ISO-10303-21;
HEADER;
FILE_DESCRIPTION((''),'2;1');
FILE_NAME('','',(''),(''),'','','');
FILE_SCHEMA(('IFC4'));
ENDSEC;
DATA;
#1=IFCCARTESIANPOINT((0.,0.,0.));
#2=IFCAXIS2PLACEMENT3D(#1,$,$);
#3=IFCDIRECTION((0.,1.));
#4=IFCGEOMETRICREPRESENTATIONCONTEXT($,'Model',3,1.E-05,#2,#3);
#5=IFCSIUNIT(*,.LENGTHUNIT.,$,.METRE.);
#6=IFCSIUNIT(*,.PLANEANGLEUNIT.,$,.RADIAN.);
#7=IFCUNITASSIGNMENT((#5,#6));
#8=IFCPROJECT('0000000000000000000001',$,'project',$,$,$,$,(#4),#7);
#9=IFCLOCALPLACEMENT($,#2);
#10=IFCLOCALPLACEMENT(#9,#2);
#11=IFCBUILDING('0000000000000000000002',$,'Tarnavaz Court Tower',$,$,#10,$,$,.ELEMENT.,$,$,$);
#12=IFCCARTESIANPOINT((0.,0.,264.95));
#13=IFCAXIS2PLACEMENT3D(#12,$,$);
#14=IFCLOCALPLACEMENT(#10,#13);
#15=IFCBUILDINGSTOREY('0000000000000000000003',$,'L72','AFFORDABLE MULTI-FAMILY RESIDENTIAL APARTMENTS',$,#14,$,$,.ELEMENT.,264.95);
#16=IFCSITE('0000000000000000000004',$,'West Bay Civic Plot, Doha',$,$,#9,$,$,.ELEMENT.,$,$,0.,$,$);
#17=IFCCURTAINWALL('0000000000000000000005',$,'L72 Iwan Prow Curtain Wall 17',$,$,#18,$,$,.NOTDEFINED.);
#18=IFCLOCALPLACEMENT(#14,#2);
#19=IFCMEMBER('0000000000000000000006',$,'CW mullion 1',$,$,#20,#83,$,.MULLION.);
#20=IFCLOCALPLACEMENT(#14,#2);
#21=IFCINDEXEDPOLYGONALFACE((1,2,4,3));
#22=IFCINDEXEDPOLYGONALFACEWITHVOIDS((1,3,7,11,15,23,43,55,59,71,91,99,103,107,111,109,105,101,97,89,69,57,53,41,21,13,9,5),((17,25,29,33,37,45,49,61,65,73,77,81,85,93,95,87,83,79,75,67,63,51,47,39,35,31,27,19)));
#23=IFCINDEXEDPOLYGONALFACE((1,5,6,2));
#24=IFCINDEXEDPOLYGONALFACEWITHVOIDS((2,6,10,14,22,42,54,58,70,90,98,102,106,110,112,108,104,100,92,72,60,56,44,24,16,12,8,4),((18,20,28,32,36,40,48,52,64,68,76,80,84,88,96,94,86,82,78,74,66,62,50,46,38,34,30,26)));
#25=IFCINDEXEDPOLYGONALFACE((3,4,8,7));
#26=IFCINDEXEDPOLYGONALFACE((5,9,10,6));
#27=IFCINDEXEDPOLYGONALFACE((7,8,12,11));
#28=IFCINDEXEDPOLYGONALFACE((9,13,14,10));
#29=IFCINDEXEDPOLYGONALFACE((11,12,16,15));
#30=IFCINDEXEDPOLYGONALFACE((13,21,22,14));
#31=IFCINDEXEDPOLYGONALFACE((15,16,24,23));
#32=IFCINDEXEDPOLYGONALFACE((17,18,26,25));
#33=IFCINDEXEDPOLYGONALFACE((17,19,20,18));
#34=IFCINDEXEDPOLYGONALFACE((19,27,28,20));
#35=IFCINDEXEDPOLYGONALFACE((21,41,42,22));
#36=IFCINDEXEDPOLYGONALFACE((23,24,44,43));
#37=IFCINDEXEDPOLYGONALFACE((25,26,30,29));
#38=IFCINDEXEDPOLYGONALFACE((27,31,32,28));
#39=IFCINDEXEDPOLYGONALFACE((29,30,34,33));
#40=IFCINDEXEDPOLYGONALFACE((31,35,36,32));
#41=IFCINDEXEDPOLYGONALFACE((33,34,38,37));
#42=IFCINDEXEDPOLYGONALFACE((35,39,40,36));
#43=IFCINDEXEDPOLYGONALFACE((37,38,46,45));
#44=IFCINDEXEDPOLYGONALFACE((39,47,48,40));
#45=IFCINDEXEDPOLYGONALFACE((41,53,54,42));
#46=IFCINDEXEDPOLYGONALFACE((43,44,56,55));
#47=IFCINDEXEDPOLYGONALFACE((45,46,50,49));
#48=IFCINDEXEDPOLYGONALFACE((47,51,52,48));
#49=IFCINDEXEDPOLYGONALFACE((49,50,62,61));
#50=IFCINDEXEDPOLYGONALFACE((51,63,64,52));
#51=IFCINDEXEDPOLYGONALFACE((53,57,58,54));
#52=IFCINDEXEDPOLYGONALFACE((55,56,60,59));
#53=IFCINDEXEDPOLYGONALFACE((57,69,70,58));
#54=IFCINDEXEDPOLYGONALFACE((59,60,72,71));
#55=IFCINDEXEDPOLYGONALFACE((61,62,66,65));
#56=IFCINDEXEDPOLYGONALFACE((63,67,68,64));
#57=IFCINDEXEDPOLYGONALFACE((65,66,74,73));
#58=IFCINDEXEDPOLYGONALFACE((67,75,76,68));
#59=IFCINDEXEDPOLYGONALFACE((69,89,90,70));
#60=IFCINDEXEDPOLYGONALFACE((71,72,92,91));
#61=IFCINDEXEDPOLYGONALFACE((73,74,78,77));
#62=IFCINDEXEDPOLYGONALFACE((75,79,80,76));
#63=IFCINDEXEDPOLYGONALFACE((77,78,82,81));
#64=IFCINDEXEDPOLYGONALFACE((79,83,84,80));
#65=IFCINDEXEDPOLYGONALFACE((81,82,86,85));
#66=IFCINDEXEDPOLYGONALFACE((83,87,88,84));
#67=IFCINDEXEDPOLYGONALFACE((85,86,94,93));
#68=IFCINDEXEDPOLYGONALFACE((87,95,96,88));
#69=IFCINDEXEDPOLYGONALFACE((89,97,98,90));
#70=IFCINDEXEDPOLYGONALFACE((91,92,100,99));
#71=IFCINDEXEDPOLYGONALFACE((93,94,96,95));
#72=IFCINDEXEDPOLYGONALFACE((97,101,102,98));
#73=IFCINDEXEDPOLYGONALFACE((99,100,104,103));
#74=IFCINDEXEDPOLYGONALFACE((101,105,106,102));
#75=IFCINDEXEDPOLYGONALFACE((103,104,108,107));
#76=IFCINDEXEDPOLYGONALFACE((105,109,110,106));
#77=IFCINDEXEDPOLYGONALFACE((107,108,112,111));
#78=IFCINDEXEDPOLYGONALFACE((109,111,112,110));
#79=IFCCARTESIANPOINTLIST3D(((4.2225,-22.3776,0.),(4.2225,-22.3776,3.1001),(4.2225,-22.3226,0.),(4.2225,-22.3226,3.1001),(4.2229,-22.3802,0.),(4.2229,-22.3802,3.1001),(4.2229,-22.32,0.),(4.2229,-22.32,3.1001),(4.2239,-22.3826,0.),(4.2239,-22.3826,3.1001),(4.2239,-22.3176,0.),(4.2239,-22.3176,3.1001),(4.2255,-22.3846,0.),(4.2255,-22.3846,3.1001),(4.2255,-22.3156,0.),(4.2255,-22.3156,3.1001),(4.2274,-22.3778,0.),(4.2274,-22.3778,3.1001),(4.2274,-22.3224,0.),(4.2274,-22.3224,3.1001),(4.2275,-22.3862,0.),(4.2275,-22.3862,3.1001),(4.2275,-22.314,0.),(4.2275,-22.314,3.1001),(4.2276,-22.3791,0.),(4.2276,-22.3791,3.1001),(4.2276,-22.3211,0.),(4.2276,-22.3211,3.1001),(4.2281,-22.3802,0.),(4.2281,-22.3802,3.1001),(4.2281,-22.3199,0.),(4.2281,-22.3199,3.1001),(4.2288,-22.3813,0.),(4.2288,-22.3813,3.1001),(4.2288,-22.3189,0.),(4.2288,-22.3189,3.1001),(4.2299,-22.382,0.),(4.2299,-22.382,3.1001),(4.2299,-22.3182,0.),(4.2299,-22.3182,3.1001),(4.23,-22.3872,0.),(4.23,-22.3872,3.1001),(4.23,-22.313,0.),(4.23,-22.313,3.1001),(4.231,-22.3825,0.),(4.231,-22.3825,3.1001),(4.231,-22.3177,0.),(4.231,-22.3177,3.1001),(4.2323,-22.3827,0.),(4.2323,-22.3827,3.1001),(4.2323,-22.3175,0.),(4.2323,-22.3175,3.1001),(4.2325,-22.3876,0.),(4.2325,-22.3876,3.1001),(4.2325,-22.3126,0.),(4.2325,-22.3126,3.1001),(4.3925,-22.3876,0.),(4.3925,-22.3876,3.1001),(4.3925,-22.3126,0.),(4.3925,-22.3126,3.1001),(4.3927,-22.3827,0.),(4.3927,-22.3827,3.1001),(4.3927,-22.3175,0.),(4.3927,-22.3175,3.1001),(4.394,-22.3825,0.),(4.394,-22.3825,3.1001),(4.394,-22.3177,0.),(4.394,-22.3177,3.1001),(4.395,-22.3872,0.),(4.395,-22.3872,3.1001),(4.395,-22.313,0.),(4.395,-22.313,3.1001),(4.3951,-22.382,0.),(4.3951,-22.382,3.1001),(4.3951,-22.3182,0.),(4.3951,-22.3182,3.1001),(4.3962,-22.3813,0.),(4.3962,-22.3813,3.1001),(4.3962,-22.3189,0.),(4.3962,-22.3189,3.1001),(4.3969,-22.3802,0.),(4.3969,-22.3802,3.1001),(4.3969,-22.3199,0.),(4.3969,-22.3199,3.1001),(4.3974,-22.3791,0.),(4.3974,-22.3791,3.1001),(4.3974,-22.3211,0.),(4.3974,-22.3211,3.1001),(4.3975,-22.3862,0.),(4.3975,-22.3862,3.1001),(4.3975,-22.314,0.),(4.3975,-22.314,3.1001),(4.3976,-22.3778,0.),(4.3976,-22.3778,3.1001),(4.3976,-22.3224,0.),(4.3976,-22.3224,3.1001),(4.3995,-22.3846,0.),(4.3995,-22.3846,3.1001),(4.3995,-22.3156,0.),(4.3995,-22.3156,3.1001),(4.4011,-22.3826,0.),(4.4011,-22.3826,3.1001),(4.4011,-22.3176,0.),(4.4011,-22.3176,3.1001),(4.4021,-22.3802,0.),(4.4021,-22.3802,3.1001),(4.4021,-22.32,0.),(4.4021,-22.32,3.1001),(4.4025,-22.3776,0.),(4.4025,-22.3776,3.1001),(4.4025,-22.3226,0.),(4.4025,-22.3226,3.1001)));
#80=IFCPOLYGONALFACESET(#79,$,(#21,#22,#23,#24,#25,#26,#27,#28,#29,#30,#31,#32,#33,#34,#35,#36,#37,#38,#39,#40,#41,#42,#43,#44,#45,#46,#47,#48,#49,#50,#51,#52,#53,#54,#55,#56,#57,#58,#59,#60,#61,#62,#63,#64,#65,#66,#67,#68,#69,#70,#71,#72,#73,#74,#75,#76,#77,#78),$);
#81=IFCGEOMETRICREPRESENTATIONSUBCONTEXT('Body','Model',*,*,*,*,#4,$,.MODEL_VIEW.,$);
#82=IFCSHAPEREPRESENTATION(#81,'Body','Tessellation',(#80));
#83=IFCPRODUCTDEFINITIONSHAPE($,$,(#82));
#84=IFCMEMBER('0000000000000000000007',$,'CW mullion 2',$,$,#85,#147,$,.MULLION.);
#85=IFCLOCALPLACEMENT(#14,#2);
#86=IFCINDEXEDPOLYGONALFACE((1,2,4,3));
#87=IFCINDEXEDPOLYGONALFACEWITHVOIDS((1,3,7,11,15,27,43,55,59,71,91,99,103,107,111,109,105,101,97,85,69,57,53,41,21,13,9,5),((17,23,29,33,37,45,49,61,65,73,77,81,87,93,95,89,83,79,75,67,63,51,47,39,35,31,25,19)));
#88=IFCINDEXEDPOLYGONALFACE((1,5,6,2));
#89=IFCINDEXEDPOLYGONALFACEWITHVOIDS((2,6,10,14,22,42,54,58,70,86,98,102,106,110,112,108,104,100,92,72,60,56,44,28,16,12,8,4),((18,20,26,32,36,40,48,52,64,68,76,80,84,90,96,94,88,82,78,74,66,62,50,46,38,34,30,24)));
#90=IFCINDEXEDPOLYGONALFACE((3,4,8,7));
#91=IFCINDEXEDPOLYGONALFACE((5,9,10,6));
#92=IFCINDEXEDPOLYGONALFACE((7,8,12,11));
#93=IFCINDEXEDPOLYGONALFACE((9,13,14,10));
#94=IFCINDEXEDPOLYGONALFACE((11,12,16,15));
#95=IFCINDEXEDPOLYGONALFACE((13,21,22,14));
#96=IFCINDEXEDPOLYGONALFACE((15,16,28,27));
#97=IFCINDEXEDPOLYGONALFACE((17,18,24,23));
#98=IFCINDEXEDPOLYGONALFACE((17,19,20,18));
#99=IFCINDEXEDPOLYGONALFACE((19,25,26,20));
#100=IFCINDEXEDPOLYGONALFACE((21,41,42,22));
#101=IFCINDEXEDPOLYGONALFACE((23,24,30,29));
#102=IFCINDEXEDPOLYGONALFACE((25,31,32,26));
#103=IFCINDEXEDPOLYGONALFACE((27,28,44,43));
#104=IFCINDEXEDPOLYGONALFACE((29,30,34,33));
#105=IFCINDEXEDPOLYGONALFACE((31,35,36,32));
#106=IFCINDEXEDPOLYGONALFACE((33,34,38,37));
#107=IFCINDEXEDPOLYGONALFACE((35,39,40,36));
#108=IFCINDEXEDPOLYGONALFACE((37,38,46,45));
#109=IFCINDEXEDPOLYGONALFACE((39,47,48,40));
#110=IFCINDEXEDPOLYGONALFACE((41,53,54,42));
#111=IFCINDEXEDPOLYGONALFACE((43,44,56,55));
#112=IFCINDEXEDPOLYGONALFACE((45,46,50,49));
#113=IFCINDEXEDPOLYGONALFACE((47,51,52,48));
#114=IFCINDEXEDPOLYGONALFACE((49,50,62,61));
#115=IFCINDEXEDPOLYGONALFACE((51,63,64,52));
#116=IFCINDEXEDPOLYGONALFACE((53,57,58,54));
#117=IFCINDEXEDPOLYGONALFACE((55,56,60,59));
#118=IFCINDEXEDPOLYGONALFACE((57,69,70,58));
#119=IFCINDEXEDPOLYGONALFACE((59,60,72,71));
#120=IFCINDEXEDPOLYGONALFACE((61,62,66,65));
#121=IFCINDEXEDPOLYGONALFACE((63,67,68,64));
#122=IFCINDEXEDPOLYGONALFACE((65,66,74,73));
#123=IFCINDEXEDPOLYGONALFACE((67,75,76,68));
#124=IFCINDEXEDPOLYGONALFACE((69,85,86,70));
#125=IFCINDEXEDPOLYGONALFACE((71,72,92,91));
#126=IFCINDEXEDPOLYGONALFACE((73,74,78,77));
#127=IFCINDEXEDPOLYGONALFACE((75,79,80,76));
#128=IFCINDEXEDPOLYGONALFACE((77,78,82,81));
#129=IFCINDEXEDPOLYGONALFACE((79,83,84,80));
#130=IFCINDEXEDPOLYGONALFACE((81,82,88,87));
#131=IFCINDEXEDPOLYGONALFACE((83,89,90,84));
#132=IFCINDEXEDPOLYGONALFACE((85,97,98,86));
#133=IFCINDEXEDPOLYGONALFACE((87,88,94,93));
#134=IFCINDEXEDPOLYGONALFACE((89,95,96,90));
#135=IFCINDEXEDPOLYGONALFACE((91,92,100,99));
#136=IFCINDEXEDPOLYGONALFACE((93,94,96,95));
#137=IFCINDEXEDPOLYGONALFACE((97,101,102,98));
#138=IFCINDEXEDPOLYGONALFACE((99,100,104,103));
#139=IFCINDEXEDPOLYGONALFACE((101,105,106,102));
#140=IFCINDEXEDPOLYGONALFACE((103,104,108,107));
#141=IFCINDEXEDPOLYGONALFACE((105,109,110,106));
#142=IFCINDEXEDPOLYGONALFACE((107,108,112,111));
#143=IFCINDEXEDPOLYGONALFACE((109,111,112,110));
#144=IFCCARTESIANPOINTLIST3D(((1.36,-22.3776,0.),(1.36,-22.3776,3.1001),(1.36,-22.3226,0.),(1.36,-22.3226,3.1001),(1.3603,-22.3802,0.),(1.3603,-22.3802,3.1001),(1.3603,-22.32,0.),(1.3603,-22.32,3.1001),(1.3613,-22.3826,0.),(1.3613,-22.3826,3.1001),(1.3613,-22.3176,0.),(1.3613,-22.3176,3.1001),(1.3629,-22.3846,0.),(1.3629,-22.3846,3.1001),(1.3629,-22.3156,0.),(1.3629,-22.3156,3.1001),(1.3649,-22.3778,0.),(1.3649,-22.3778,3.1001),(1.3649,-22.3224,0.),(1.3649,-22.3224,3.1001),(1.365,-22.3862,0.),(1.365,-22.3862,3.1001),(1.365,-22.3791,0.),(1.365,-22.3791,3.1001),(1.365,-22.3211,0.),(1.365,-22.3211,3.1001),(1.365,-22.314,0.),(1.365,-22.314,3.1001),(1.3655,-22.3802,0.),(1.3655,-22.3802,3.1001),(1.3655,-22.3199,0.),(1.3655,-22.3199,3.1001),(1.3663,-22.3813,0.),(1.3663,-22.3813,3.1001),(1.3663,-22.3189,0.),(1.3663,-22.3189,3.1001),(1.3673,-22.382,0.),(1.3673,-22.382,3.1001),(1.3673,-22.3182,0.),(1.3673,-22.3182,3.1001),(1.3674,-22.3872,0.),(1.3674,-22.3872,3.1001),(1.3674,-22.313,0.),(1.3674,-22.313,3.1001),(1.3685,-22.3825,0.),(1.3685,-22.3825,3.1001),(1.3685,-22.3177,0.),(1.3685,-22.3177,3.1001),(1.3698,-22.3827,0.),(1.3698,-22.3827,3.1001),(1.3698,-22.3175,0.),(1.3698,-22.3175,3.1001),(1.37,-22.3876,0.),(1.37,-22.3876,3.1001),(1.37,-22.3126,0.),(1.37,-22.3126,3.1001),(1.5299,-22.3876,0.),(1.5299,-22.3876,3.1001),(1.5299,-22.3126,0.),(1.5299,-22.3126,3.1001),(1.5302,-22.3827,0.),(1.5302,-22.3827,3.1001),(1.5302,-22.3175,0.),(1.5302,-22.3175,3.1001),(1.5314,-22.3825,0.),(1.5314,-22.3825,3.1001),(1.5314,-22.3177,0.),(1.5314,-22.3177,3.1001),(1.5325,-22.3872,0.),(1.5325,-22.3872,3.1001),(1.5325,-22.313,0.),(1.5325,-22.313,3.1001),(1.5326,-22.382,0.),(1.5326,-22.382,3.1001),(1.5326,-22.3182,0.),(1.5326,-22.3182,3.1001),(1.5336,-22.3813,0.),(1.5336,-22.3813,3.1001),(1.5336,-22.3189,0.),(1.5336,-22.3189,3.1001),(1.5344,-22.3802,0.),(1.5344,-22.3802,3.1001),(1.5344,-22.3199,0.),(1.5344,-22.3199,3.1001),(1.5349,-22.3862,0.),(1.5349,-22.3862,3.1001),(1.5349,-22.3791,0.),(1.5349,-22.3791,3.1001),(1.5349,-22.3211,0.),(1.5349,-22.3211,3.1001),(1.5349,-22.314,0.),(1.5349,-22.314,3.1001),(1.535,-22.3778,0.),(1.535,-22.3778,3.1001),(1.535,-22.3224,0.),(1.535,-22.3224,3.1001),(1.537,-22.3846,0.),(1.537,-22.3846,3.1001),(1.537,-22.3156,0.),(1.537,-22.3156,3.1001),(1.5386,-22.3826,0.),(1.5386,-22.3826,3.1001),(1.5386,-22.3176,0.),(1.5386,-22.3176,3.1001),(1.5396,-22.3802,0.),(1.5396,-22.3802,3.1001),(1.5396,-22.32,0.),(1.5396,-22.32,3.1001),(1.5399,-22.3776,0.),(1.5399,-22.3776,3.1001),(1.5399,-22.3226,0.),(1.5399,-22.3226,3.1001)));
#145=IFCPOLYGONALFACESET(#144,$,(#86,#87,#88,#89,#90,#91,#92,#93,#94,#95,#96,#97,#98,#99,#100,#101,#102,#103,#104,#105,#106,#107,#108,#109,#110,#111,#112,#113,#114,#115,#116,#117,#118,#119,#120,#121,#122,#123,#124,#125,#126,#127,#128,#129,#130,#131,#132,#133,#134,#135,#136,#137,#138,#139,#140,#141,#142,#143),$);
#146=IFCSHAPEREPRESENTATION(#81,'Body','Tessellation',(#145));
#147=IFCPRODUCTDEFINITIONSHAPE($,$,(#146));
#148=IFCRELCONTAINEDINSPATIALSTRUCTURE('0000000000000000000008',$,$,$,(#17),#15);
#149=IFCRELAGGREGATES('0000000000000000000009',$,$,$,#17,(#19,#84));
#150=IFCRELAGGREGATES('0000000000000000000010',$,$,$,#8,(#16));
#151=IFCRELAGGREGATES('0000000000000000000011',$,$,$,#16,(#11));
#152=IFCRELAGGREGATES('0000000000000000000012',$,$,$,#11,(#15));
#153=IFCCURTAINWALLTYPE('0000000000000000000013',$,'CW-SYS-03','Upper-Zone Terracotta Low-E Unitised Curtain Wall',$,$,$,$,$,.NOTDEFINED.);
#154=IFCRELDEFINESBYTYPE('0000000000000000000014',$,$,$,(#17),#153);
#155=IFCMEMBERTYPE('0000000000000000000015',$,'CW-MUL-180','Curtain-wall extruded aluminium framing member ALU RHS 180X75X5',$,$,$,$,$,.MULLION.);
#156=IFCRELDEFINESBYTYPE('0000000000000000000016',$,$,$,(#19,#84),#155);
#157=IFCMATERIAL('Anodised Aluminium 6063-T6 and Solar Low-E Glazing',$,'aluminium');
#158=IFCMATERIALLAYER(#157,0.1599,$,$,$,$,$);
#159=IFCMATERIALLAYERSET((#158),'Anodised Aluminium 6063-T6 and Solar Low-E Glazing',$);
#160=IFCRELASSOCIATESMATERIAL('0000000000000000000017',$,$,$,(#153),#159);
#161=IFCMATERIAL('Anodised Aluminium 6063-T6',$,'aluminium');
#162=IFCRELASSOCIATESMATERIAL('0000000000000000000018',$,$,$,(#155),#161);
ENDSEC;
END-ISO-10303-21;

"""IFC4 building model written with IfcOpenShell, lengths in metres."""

from ifc_helpers import new_model, si_unit, direction, frame, origin, origin_2d, place, context, subcontext, project, spatial, hollow_rectangle, extrude, material, layer, layer_set, material_profile, profile_set, type_object, element, aggregate, save


model = new_model("IFC4")

# Units and contexts
model_context = context("Model", 3, precision=1e-05, world=origin(), true_north=direction((0.0, 1.0)))
body_context = subcontext(model_context, "Body", "Model", "MODEL_VIEW")
ifc_project = project(units=[si_unit("LENGTHUNIT", "METRE"), si_unit("PLANEANGLEUNIT", "RADIAN")], contexts=[model_context])

# Site, building, storey
site_placement = place(None, origin())
site = spatial("IfcSite", under=ifc_project, at=site_placement, Name="West Bay Civic Plot, Doha", CompositionType="ELEMENT", RefElevation=0.0)
building_placement = place(site_placement, origin())
building = spatial("IfcBuilding", under=site, at=building_placement, Name="Tarnavaz Court Tower", CompositionType="ELEMENT")
storey_placement = place(building_placement, frame((0.0, 0.0, 264.95)))
storey = spatial("IfcBuildingStorey", under=building, at=storey_placement, Name="L72", Description="AFFORDABLE MULTI-FAMILY RESIDENTIAL APARTMENTS", CompositionType="ELEMENT", Elevation=264.95)

# Curtain wall, members
ifc_material_1 = material(Name="Anodised Aluminium 6063-T6 and Solar Low-E Glazing", Category="aluminium")
ifc_layer_1 = layer(ifc_material_1, 0.1599)
ifc_layer_set_1 = layer_set([ifc_layer_1], Name="Anodised Aluminium 6063-T6 and Solar Low-E Glazing")
curtain_wall_type = type_object("IfcCurtainWallType", Name="CW-SYS-03", Description="Upper-Zone Terracotta Low-E Unitised Curtain Wall", PredefinedType="NOTDEFINED", material=ifc_layer_set_1)
curtain_wall_placement = place(storey_placement, origin())
curtain_wall = element("IfcCurtainWall", 1, at=curtain_wall_placement, inside=storey, type_object=curtain_wall_type, Name="L72 Iwan Prow Curtain Wall 17", PredefinedType="NOTDEFINED")
ifc_material_2 = material(Name="Anodised Aluminium 6063-T6", Category="aluminium")
ifc_material_profile_1 = material_profile(ifc_material_2, hollow_rectangle(XDim=0.075, YDim=0.1799, WallThickness=0.0049, InnerFilletRadius=0.0049, OuterFilletRadius=0.01, at=origin_2d()), Name="ALU RHS 180X75X5")
ifc_profile_set_1 = profile_set([ifc_material_profile_1], Name="Anodised Aluminium 6063-T6")
member_type_1 = type_object("IfcMemberType", Name="CW-MUL-180", Description="Curtain-wall extruded aluminium framing member ALU RHS 180X75X5", PredefinedType="MULLION", material=ifc_profile_set_1)
member_1_placement = place(storey_placement, frame((4.3125, -22.3501, 0.0), z_axis=(0.0, 0.0, 1.0), x_axis=(0.0, -1.0, 0.0)))
member_1 = element("IfcMember", 2, at=member_1_placement, type_object=member_type_1, Name="CW mullion 1", PredefinedType="MULLION", context=body_context, shape_type="SweptSolid", body=[
    extrude(hollow_rectangle(XDim=0.075, YDim=0.1799, WallThickness=0.0049, InnerFilletRadius=0.0049, OuterFilletRadius=0.01, at=origin_2d()), origin(), (0.0, 0.0, 1.0), 3.1001),
])
member_2_placement = place(storey_placement, frame((1.45, -22.3501, 0.0), z_axis=(0.0, 0.0, 1.0), x_axis=(0.0, -1.0, 0.0)))
member_2 = element("IfcMember", 3, at=member_2_placement, type_object=member_type_1, Name="CW mullion 2", PredefinedType="MULLION", context=body_context, shape_type="SweptSolid", body=[
    extrude(hollow_rectangle(XDim=0.075, YDim=0.1799, WallThickness=0.0049, InnerFilletRadius=0.0049, OuterFilletRadius=0.01, at=origin_2d()), origin(), (0.0, 0.0, 1.0), 3.1001),
])
aggregate(curtain_wall, [member_1, member_2])

save(model, "model.ifc")
